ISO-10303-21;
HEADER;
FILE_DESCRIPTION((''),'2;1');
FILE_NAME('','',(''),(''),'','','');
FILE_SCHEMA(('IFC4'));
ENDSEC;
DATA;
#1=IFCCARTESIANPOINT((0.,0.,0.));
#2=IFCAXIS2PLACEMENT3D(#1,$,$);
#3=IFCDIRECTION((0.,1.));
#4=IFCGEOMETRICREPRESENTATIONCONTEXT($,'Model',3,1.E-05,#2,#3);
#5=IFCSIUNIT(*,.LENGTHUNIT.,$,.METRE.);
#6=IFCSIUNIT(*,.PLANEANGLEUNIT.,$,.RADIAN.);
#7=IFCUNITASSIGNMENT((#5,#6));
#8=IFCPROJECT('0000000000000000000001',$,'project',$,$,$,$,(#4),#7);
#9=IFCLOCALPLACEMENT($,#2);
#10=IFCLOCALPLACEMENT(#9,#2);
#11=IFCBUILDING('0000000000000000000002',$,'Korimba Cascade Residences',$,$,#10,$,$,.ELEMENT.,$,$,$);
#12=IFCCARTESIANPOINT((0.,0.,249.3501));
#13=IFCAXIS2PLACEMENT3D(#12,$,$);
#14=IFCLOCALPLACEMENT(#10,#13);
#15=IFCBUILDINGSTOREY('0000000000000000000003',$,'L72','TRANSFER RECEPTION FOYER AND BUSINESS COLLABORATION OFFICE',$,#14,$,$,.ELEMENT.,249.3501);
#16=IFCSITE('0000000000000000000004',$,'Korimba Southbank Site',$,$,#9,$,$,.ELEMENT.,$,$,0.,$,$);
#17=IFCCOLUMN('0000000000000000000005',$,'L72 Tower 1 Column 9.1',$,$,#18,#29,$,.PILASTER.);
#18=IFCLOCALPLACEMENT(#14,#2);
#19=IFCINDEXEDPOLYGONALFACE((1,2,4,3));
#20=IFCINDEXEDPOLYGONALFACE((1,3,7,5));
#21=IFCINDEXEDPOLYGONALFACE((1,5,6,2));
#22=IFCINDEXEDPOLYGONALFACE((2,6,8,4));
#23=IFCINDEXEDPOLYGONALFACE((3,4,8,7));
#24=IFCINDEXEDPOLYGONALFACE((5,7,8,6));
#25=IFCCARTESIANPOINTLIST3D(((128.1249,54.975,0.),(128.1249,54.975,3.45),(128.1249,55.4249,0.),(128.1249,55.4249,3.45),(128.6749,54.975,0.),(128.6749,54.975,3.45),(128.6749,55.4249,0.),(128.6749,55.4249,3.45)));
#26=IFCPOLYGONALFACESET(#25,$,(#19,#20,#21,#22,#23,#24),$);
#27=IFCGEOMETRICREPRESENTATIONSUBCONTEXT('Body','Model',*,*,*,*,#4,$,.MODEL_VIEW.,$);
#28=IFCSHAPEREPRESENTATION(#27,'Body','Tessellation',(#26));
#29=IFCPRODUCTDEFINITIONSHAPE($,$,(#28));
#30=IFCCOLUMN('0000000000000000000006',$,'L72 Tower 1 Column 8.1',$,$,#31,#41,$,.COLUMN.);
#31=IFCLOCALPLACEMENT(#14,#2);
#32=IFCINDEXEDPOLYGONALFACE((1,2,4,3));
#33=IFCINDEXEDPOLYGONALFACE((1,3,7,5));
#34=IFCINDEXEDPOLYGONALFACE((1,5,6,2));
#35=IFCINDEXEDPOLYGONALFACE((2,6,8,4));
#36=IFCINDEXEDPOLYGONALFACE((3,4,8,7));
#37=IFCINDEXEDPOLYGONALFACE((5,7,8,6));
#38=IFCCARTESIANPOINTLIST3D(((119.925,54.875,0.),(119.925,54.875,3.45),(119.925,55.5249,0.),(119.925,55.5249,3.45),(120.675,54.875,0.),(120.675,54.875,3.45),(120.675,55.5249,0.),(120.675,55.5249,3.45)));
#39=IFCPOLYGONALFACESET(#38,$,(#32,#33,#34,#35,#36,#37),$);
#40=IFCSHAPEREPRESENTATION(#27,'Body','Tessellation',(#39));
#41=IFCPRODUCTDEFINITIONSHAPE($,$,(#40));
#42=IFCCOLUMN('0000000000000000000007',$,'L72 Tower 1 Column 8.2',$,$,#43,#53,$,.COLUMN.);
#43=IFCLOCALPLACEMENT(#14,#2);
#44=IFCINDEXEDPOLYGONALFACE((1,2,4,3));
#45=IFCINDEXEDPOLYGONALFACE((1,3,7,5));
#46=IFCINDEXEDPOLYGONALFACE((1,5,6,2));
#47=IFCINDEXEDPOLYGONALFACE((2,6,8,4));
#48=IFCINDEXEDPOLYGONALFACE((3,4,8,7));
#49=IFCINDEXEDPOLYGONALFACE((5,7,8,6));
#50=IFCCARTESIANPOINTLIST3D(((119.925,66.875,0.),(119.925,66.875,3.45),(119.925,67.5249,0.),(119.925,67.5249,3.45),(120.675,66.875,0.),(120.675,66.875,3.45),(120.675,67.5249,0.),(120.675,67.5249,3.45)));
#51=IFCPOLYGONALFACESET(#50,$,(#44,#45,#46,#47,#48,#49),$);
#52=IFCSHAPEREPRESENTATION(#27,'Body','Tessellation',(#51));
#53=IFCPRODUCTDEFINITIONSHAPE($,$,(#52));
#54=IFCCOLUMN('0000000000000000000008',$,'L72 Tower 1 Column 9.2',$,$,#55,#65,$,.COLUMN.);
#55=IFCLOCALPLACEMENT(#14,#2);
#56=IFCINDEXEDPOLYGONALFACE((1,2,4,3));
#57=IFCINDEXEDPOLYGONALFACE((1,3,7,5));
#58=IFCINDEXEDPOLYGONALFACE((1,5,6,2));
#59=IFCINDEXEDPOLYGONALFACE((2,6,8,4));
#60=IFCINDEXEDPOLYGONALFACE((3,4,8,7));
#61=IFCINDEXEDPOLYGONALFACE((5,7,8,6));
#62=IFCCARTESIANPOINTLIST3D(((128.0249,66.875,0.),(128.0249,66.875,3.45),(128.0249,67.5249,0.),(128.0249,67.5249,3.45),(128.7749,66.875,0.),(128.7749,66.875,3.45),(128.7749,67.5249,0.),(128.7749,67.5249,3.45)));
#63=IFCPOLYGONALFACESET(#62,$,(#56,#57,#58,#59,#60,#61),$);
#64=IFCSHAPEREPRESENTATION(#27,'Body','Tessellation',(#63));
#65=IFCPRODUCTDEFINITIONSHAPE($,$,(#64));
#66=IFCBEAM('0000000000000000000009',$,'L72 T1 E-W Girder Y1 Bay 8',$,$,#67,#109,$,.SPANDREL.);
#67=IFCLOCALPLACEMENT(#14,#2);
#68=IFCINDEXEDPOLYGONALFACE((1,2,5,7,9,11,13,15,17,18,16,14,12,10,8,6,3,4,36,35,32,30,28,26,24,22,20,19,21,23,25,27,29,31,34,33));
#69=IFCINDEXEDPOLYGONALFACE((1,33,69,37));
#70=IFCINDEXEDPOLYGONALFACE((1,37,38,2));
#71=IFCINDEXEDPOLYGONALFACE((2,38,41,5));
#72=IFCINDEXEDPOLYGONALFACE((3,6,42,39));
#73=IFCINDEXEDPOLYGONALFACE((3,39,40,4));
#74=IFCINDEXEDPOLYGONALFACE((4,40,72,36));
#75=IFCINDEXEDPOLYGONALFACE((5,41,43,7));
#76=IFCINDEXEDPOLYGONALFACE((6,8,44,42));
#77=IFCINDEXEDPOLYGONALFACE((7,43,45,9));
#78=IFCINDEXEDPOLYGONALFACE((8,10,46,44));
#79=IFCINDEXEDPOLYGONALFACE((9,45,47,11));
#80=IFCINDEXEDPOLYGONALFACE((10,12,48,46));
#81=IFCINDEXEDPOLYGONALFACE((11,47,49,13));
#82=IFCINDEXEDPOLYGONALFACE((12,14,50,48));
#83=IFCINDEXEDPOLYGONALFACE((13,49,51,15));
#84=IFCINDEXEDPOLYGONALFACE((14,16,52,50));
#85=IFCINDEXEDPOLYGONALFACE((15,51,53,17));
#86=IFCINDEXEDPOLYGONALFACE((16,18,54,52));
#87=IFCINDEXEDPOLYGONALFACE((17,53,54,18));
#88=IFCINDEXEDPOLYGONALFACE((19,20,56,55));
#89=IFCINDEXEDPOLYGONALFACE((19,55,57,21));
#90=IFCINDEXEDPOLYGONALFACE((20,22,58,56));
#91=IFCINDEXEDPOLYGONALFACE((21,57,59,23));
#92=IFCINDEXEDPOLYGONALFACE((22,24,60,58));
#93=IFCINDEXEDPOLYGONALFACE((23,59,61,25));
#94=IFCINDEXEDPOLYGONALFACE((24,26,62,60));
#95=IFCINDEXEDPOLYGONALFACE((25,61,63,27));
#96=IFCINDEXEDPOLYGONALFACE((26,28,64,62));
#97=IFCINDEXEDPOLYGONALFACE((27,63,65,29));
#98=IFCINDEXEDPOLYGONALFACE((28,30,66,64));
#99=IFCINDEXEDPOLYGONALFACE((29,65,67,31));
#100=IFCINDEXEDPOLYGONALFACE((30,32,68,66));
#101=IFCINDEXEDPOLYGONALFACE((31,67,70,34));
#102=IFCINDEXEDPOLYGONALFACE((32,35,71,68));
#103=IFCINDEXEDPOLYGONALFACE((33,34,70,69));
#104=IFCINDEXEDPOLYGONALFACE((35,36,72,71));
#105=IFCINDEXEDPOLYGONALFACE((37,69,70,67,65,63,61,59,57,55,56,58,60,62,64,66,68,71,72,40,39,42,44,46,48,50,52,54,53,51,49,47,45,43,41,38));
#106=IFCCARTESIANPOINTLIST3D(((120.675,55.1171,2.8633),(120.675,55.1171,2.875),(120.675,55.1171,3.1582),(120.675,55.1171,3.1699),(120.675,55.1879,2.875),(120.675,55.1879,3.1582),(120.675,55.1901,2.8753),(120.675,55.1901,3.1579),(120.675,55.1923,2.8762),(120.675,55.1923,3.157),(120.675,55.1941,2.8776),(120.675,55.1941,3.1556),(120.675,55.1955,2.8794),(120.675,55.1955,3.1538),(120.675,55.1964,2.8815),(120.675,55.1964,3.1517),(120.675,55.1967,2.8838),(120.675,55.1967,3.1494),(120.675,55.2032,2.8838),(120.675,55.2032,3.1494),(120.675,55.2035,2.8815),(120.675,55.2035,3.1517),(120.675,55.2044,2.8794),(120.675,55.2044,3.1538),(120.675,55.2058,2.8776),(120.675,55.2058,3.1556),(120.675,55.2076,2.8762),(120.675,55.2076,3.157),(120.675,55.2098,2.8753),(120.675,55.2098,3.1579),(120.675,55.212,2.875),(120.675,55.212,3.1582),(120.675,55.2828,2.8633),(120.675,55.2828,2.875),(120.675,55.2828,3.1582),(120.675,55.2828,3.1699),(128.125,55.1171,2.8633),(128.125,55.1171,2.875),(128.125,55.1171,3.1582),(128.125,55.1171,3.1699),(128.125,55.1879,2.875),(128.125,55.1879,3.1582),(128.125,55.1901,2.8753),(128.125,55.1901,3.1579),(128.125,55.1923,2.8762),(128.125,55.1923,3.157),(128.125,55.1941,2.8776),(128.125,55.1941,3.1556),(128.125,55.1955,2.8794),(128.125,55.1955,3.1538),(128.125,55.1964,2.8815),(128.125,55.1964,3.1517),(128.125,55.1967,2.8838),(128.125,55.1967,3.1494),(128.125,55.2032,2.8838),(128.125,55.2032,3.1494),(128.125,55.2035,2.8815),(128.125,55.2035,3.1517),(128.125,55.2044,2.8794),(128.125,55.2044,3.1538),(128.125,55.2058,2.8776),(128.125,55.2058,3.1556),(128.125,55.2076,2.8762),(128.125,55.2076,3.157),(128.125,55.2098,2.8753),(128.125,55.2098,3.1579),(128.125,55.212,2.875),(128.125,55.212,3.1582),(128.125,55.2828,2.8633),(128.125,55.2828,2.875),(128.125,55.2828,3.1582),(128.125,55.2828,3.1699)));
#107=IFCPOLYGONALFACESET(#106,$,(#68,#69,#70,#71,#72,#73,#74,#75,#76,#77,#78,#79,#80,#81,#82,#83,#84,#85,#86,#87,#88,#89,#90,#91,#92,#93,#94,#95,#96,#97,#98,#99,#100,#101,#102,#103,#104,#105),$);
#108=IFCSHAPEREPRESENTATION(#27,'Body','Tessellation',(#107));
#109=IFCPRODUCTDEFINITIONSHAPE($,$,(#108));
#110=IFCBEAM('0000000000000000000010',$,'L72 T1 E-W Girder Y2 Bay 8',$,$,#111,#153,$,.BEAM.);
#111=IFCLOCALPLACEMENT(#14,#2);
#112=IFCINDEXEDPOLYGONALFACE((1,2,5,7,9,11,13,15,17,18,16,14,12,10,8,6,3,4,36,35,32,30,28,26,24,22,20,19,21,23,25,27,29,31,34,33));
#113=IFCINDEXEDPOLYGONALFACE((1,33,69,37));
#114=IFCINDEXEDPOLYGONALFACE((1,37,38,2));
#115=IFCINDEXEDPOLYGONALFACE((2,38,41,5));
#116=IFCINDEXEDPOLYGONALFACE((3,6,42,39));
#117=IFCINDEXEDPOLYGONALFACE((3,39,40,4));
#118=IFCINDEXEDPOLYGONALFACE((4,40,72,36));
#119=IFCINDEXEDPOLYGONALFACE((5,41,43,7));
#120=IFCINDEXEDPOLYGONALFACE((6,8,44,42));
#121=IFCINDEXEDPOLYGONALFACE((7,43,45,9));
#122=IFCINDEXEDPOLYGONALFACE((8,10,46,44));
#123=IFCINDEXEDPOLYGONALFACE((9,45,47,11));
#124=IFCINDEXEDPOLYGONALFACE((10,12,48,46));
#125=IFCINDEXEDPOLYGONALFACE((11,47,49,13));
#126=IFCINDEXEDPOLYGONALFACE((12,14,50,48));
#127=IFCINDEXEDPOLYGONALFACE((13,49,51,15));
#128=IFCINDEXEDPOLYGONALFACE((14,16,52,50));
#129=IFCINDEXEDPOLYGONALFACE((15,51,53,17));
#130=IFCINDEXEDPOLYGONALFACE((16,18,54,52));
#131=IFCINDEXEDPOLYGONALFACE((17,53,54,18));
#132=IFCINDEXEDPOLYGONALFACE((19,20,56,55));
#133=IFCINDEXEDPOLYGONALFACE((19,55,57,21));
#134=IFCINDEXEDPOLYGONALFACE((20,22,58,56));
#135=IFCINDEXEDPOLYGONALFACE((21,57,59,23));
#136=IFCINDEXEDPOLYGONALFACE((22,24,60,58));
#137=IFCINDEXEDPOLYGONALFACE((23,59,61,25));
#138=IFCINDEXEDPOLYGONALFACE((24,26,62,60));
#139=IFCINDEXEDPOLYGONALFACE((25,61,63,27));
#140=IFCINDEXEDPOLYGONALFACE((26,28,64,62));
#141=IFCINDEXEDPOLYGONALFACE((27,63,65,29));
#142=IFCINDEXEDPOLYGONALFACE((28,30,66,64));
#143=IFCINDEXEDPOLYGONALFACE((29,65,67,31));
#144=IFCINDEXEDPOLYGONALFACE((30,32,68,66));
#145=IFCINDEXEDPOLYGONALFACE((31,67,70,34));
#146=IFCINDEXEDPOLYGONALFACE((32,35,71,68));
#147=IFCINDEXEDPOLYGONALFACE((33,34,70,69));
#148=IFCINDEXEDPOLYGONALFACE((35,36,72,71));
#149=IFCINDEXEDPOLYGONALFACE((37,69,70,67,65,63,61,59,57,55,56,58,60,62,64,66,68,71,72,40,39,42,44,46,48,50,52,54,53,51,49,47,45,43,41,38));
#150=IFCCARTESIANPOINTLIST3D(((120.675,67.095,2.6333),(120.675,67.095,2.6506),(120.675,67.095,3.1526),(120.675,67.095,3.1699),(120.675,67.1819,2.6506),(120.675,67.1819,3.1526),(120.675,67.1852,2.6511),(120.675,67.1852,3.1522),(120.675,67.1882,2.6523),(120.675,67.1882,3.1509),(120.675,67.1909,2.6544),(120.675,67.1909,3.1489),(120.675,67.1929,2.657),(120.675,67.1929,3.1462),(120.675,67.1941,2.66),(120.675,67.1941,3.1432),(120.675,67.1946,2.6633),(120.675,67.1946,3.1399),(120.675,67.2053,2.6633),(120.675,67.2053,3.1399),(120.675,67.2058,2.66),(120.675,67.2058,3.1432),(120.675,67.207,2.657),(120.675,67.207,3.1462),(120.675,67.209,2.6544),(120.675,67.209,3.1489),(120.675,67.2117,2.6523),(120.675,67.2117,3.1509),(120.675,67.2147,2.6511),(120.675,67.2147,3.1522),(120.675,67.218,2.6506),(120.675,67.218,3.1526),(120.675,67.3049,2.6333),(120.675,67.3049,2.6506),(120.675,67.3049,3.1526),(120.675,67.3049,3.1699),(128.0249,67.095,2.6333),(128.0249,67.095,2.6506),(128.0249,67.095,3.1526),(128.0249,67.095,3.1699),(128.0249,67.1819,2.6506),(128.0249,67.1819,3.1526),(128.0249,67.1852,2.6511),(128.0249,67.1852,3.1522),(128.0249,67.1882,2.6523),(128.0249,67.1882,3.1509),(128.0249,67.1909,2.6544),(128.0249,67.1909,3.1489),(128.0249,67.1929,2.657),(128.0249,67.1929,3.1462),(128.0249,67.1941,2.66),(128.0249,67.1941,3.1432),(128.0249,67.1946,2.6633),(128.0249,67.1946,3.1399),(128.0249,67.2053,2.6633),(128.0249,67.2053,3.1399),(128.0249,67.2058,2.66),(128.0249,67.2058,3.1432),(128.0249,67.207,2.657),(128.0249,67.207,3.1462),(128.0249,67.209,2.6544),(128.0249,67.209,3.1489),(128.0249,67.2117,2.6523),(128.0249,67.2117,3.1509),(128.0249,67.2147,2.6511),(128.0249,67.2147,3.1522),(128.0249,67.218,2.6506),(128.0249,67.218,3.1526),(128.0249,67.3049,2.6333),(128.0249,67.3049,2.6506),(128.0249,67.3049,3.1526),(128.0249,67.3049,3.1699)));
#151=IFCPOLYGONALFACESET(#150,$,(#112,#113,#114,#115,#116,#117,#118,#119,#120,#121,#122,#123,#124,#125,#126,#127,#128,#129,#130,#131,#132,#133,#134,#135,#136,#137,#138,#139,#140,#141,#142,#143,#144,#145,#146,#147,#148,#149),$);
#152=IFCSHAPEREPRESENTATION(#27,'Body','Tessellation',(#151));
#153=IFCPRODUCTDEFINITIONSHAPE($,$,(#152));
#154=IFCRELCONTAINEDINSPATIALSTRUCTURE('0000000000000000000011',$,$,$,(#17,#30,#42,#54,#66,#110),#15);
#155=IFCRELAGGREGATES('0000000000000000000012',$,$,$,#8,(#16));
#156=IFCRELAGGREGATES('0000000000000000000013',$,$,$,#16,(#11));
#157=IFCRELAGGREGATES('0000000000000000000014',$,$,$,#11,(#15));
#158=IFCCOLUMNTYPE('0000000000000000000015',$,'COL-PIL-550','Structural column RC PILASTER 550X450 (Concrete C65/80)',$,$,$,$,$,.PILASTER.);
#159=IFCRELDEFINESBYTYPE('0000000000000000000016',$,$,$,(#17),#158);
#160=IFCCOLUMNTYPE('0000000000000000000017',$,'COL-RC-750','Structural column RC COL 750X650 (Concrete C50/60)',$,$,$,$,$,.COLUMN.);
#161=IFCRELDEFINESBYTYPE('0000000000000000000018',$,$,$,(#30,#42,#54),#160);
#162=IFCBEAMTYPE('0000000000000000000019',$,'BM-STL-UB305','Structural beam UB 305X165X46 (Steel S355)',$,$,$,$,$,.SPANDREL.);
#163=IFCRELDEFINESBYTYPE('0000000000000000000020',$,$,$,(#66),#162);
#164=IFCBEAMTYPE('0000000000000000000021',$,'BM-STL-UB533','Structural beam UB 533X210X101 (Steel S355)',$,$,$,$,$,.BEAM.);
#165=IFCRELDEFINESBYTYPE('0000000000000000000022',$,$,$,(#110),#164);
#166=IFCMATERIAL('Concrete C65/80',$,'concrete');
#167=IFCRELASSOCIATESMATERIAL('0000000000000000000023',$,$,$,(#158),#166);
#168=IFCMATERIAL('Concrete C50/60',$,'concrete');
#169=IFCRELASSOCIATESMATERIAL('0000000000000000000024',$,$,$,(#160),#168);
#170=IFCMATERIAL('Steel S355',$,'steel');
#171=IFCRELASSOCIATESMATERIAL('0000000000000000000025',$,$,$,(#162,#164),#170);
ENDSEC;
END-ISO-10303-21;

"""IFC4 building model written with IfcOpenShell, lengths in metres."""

from ifc_helpers import new_model, si_unit, direction, frame, origin, origin_2d, place, context, subcontext, project, spatial, rectangle, i_section, extrude, material, material_profile, profile_set, type_object, element, save


model = new_model("IFC4")

# Units and contexts
model_context = context("Model", 3, precision=1e-05, world=origin(), true_north=direction((0.0, 1.0)))
body_context = subcontext(model_context, "Body", "Model", "MODEL_VIEW")
ifc_project = project(units=[si_unit("LENGTHUNIT", "METRE"), si_unit("PLANEANGLEUNIT", "RADIAN")], contexts=[model_context])

# Site, building, storey
site_placement = place(None, origin())
site = spatial("IfcSite", under=ifc_project, at=site_placement, Name="Korimba Southbank Site", CompositionType="ELEMENT", RefElevation=0.0)
building_placement = place(site_placement, origin())
building = spatial("IfcBuilding", under=site, at=building_placement, Name="Korimba Cascade Residences", CompositionType="ELEMENT")
storey_placement = place(building_placement, frame((0.0, 0.0, 249.3501)))
storey = spatial("IfcBuildingStorey", under=building, at=storey_placement, Name="L72", Description="TRANSFER RECEPTION FOYER AND BUSINESS COLLABORATION OFFICE", CompositionType="ELEMENT", Elevation=249.3501)

# Columns
ifc_material_1 = material(Name="Concrete C65/80", Category="concrete")
ifc_material_profile_1 = material_profile(ifc_material_1, rectangle(XDim=0.55, YDim=0.45, at=origin_2d()), Name="Concrete C65/80")
ifc_profile_set_1 = profile_set([ifc_material_profile_1], Name="Concrete C65/80")
column_type_1 = type_object("IfcColumnType", Name="COL-PIL-550", Description="Structural column RC PILASTER 550X450 (Concrete C65/80)", PredefinedType="PILASTER", material=ifc_profile_set_1)
column_placement = place(storey_placement, frame((128.3999, 55.2, 0.0), z_axis=(0.0, 0.0, 1.0), x_axis=(1.0, 0.0, 0.0)))
element("IfcColumn", 1, at=column_placement, inside=storey, type_object=column_type_1, Name="L72 Tower 1 Column 9.1", PredefinedType="PILASTER", context=body_context, shape_type="SweptSolid", body=[
    extrude(rectangle(XDim=0.55, YDim=0.45, at=origin_2d()), origin(), (0.0, 0.0, 1.0), 3.45),
])
ifc_material_2 = material(Name="Concrete C50/60", Category="concrete")
ifc_material_profile_2 = material_profile(ifc_material_2, rectangle(XDim=0.75, YDim=0.6499, at=origin_2d()), Name="Concrete C50/60")
ifc_profile_set_2 = profile_set([ifc_material_profile_2], Name="Concrete C50/60")
column_type_2 = type_object("IfcColumnType", Name="COL-RC-750", Description="Structural column RC COL 750X650 (Concrete C50/60)", PredefinedType="COLUMN", material=ifc_profile_set_2)
for number, where, z_axis, x_axis, name in (
    (2, (120.3, 55.2, 0.0), (0.0, 0.0, 1.0), (1.0, 0.0, 0.0), "L72 Tower 1 Column 8.1"),
    (3, (120.3, 67.2, 0.0), (0.0, 0.0, 1.0), (1.0, 0.0, 0.0), "L72 Tower 1 Column 8.2"),
    (4, (128.3999, 67.2, 0.0), (0.0, 0.0, 1.0), (1.0, 0.0, 0.0), "L72 Tower 1 Column 9.2"),
):
    element("IfcColumn", number, at=place(storey_placement, frame(where, z_axis=z_axis, x_axis=x_axis)), inside=storey, type_object=column_type_2, Name=name, PredefinedType="COLUMN", context=body_context, shape_type="SweptSolid", body=[
        extrude(rectangle(XDim=0.75, YDim=0.6499, at=origin_2d()), origin(), (0.0, 0.0, 1.0), 3.45),
    ])

# Beams
ifc_material_3 = material(Name="Steel S355", Category="steel")
ifc_material_profile_3 = material_profile(ifc_material_3, i_section(OverallWidth=0.1658, OverallDepth=0.3066, WebThickness=0.0066, FlangeThickness=0.0117, FilletRadius=0.0088, at=origin_2d()), Name="Steel S355")
ifc_profile_set_3 = profile_set([ifc_material_profile_3], Name="Steel S355")
beam_type_1 = type_object("IfcBeamType", Name="BM-STL-UB305", Description="Structural beam UB 305X165X46 (Steel S355)", PredefinedType="SPANDREL", material=ifc_profile_set_3)
beam_1_placement = place(storey_placement, frame((120.675, 55.2, 3.0166), z_axis=(1.0, 0.0, 0.0), x_axis=(0.0, 1.0, 0.0)))
element("IfcBeam", 5, at=beam_1_placement, inside=storey, type_object=beam_type_1, Name="L72 T1 E-W Girder Y1 Bay 8", PredefinedType="SPANDREL", context=body_context, shape_type="SweptSolid", body=[
    extrude(i_section(OverallWidth=0.1658, OverallDepth=0.3066, WebThickness=0.0066, FlangeThickness=0.0117, FilletRadius=0.0088, at=origin_2d()), origin(), (0.0, 0.0, 1.0), 7.45),
])
ifc_material_profile_4 = material_profile(ifc_material_3, i_section(OverallWidth=0.21, OverallDepth=0.5366, WebThickness=0.0107, FlangeThickness=0.0173, FilletRadius=0.0127, at=origin_2d()), Name="Steel S355")
ifc_profile_set_4 = profile_set([ifc_material_profile_4], Name="Steel S355")
beam_type_2 = type_object("IfcBeamType", Name="BM-STL-UB533", Description="Structural beam UB 533X210X101 (Steel S355)", PredefinedType="BEAM", material=ifc_profile_set_4)
beam_2_placement = place(storey_placement, frame((120.675, 67.2, 2.9016), z_axis=(1.0, 0.0, 0.0), x_axis=(0.0, 1.0, 0.0)))
element("IfcBeam", 6, at=beam_2_placement, inside=storey, type_object=beam_type_2, Name="L72 T1 E-W Girder Y2 Bay 8", PredefinedType="BEAM", context=body_context, shape_type="SweptSolid", body=[
    extrude(i_section(OverallWidth=0.21, OverallDepth=0.5366, WebThickness=0.0107, FlangeThickness=0.0173, FilletRadius=0.0127, at=origin_2d()), origin(), (0.0, 0.0, 1.0), 7.3499),
])

save(model, "model.ifc")
